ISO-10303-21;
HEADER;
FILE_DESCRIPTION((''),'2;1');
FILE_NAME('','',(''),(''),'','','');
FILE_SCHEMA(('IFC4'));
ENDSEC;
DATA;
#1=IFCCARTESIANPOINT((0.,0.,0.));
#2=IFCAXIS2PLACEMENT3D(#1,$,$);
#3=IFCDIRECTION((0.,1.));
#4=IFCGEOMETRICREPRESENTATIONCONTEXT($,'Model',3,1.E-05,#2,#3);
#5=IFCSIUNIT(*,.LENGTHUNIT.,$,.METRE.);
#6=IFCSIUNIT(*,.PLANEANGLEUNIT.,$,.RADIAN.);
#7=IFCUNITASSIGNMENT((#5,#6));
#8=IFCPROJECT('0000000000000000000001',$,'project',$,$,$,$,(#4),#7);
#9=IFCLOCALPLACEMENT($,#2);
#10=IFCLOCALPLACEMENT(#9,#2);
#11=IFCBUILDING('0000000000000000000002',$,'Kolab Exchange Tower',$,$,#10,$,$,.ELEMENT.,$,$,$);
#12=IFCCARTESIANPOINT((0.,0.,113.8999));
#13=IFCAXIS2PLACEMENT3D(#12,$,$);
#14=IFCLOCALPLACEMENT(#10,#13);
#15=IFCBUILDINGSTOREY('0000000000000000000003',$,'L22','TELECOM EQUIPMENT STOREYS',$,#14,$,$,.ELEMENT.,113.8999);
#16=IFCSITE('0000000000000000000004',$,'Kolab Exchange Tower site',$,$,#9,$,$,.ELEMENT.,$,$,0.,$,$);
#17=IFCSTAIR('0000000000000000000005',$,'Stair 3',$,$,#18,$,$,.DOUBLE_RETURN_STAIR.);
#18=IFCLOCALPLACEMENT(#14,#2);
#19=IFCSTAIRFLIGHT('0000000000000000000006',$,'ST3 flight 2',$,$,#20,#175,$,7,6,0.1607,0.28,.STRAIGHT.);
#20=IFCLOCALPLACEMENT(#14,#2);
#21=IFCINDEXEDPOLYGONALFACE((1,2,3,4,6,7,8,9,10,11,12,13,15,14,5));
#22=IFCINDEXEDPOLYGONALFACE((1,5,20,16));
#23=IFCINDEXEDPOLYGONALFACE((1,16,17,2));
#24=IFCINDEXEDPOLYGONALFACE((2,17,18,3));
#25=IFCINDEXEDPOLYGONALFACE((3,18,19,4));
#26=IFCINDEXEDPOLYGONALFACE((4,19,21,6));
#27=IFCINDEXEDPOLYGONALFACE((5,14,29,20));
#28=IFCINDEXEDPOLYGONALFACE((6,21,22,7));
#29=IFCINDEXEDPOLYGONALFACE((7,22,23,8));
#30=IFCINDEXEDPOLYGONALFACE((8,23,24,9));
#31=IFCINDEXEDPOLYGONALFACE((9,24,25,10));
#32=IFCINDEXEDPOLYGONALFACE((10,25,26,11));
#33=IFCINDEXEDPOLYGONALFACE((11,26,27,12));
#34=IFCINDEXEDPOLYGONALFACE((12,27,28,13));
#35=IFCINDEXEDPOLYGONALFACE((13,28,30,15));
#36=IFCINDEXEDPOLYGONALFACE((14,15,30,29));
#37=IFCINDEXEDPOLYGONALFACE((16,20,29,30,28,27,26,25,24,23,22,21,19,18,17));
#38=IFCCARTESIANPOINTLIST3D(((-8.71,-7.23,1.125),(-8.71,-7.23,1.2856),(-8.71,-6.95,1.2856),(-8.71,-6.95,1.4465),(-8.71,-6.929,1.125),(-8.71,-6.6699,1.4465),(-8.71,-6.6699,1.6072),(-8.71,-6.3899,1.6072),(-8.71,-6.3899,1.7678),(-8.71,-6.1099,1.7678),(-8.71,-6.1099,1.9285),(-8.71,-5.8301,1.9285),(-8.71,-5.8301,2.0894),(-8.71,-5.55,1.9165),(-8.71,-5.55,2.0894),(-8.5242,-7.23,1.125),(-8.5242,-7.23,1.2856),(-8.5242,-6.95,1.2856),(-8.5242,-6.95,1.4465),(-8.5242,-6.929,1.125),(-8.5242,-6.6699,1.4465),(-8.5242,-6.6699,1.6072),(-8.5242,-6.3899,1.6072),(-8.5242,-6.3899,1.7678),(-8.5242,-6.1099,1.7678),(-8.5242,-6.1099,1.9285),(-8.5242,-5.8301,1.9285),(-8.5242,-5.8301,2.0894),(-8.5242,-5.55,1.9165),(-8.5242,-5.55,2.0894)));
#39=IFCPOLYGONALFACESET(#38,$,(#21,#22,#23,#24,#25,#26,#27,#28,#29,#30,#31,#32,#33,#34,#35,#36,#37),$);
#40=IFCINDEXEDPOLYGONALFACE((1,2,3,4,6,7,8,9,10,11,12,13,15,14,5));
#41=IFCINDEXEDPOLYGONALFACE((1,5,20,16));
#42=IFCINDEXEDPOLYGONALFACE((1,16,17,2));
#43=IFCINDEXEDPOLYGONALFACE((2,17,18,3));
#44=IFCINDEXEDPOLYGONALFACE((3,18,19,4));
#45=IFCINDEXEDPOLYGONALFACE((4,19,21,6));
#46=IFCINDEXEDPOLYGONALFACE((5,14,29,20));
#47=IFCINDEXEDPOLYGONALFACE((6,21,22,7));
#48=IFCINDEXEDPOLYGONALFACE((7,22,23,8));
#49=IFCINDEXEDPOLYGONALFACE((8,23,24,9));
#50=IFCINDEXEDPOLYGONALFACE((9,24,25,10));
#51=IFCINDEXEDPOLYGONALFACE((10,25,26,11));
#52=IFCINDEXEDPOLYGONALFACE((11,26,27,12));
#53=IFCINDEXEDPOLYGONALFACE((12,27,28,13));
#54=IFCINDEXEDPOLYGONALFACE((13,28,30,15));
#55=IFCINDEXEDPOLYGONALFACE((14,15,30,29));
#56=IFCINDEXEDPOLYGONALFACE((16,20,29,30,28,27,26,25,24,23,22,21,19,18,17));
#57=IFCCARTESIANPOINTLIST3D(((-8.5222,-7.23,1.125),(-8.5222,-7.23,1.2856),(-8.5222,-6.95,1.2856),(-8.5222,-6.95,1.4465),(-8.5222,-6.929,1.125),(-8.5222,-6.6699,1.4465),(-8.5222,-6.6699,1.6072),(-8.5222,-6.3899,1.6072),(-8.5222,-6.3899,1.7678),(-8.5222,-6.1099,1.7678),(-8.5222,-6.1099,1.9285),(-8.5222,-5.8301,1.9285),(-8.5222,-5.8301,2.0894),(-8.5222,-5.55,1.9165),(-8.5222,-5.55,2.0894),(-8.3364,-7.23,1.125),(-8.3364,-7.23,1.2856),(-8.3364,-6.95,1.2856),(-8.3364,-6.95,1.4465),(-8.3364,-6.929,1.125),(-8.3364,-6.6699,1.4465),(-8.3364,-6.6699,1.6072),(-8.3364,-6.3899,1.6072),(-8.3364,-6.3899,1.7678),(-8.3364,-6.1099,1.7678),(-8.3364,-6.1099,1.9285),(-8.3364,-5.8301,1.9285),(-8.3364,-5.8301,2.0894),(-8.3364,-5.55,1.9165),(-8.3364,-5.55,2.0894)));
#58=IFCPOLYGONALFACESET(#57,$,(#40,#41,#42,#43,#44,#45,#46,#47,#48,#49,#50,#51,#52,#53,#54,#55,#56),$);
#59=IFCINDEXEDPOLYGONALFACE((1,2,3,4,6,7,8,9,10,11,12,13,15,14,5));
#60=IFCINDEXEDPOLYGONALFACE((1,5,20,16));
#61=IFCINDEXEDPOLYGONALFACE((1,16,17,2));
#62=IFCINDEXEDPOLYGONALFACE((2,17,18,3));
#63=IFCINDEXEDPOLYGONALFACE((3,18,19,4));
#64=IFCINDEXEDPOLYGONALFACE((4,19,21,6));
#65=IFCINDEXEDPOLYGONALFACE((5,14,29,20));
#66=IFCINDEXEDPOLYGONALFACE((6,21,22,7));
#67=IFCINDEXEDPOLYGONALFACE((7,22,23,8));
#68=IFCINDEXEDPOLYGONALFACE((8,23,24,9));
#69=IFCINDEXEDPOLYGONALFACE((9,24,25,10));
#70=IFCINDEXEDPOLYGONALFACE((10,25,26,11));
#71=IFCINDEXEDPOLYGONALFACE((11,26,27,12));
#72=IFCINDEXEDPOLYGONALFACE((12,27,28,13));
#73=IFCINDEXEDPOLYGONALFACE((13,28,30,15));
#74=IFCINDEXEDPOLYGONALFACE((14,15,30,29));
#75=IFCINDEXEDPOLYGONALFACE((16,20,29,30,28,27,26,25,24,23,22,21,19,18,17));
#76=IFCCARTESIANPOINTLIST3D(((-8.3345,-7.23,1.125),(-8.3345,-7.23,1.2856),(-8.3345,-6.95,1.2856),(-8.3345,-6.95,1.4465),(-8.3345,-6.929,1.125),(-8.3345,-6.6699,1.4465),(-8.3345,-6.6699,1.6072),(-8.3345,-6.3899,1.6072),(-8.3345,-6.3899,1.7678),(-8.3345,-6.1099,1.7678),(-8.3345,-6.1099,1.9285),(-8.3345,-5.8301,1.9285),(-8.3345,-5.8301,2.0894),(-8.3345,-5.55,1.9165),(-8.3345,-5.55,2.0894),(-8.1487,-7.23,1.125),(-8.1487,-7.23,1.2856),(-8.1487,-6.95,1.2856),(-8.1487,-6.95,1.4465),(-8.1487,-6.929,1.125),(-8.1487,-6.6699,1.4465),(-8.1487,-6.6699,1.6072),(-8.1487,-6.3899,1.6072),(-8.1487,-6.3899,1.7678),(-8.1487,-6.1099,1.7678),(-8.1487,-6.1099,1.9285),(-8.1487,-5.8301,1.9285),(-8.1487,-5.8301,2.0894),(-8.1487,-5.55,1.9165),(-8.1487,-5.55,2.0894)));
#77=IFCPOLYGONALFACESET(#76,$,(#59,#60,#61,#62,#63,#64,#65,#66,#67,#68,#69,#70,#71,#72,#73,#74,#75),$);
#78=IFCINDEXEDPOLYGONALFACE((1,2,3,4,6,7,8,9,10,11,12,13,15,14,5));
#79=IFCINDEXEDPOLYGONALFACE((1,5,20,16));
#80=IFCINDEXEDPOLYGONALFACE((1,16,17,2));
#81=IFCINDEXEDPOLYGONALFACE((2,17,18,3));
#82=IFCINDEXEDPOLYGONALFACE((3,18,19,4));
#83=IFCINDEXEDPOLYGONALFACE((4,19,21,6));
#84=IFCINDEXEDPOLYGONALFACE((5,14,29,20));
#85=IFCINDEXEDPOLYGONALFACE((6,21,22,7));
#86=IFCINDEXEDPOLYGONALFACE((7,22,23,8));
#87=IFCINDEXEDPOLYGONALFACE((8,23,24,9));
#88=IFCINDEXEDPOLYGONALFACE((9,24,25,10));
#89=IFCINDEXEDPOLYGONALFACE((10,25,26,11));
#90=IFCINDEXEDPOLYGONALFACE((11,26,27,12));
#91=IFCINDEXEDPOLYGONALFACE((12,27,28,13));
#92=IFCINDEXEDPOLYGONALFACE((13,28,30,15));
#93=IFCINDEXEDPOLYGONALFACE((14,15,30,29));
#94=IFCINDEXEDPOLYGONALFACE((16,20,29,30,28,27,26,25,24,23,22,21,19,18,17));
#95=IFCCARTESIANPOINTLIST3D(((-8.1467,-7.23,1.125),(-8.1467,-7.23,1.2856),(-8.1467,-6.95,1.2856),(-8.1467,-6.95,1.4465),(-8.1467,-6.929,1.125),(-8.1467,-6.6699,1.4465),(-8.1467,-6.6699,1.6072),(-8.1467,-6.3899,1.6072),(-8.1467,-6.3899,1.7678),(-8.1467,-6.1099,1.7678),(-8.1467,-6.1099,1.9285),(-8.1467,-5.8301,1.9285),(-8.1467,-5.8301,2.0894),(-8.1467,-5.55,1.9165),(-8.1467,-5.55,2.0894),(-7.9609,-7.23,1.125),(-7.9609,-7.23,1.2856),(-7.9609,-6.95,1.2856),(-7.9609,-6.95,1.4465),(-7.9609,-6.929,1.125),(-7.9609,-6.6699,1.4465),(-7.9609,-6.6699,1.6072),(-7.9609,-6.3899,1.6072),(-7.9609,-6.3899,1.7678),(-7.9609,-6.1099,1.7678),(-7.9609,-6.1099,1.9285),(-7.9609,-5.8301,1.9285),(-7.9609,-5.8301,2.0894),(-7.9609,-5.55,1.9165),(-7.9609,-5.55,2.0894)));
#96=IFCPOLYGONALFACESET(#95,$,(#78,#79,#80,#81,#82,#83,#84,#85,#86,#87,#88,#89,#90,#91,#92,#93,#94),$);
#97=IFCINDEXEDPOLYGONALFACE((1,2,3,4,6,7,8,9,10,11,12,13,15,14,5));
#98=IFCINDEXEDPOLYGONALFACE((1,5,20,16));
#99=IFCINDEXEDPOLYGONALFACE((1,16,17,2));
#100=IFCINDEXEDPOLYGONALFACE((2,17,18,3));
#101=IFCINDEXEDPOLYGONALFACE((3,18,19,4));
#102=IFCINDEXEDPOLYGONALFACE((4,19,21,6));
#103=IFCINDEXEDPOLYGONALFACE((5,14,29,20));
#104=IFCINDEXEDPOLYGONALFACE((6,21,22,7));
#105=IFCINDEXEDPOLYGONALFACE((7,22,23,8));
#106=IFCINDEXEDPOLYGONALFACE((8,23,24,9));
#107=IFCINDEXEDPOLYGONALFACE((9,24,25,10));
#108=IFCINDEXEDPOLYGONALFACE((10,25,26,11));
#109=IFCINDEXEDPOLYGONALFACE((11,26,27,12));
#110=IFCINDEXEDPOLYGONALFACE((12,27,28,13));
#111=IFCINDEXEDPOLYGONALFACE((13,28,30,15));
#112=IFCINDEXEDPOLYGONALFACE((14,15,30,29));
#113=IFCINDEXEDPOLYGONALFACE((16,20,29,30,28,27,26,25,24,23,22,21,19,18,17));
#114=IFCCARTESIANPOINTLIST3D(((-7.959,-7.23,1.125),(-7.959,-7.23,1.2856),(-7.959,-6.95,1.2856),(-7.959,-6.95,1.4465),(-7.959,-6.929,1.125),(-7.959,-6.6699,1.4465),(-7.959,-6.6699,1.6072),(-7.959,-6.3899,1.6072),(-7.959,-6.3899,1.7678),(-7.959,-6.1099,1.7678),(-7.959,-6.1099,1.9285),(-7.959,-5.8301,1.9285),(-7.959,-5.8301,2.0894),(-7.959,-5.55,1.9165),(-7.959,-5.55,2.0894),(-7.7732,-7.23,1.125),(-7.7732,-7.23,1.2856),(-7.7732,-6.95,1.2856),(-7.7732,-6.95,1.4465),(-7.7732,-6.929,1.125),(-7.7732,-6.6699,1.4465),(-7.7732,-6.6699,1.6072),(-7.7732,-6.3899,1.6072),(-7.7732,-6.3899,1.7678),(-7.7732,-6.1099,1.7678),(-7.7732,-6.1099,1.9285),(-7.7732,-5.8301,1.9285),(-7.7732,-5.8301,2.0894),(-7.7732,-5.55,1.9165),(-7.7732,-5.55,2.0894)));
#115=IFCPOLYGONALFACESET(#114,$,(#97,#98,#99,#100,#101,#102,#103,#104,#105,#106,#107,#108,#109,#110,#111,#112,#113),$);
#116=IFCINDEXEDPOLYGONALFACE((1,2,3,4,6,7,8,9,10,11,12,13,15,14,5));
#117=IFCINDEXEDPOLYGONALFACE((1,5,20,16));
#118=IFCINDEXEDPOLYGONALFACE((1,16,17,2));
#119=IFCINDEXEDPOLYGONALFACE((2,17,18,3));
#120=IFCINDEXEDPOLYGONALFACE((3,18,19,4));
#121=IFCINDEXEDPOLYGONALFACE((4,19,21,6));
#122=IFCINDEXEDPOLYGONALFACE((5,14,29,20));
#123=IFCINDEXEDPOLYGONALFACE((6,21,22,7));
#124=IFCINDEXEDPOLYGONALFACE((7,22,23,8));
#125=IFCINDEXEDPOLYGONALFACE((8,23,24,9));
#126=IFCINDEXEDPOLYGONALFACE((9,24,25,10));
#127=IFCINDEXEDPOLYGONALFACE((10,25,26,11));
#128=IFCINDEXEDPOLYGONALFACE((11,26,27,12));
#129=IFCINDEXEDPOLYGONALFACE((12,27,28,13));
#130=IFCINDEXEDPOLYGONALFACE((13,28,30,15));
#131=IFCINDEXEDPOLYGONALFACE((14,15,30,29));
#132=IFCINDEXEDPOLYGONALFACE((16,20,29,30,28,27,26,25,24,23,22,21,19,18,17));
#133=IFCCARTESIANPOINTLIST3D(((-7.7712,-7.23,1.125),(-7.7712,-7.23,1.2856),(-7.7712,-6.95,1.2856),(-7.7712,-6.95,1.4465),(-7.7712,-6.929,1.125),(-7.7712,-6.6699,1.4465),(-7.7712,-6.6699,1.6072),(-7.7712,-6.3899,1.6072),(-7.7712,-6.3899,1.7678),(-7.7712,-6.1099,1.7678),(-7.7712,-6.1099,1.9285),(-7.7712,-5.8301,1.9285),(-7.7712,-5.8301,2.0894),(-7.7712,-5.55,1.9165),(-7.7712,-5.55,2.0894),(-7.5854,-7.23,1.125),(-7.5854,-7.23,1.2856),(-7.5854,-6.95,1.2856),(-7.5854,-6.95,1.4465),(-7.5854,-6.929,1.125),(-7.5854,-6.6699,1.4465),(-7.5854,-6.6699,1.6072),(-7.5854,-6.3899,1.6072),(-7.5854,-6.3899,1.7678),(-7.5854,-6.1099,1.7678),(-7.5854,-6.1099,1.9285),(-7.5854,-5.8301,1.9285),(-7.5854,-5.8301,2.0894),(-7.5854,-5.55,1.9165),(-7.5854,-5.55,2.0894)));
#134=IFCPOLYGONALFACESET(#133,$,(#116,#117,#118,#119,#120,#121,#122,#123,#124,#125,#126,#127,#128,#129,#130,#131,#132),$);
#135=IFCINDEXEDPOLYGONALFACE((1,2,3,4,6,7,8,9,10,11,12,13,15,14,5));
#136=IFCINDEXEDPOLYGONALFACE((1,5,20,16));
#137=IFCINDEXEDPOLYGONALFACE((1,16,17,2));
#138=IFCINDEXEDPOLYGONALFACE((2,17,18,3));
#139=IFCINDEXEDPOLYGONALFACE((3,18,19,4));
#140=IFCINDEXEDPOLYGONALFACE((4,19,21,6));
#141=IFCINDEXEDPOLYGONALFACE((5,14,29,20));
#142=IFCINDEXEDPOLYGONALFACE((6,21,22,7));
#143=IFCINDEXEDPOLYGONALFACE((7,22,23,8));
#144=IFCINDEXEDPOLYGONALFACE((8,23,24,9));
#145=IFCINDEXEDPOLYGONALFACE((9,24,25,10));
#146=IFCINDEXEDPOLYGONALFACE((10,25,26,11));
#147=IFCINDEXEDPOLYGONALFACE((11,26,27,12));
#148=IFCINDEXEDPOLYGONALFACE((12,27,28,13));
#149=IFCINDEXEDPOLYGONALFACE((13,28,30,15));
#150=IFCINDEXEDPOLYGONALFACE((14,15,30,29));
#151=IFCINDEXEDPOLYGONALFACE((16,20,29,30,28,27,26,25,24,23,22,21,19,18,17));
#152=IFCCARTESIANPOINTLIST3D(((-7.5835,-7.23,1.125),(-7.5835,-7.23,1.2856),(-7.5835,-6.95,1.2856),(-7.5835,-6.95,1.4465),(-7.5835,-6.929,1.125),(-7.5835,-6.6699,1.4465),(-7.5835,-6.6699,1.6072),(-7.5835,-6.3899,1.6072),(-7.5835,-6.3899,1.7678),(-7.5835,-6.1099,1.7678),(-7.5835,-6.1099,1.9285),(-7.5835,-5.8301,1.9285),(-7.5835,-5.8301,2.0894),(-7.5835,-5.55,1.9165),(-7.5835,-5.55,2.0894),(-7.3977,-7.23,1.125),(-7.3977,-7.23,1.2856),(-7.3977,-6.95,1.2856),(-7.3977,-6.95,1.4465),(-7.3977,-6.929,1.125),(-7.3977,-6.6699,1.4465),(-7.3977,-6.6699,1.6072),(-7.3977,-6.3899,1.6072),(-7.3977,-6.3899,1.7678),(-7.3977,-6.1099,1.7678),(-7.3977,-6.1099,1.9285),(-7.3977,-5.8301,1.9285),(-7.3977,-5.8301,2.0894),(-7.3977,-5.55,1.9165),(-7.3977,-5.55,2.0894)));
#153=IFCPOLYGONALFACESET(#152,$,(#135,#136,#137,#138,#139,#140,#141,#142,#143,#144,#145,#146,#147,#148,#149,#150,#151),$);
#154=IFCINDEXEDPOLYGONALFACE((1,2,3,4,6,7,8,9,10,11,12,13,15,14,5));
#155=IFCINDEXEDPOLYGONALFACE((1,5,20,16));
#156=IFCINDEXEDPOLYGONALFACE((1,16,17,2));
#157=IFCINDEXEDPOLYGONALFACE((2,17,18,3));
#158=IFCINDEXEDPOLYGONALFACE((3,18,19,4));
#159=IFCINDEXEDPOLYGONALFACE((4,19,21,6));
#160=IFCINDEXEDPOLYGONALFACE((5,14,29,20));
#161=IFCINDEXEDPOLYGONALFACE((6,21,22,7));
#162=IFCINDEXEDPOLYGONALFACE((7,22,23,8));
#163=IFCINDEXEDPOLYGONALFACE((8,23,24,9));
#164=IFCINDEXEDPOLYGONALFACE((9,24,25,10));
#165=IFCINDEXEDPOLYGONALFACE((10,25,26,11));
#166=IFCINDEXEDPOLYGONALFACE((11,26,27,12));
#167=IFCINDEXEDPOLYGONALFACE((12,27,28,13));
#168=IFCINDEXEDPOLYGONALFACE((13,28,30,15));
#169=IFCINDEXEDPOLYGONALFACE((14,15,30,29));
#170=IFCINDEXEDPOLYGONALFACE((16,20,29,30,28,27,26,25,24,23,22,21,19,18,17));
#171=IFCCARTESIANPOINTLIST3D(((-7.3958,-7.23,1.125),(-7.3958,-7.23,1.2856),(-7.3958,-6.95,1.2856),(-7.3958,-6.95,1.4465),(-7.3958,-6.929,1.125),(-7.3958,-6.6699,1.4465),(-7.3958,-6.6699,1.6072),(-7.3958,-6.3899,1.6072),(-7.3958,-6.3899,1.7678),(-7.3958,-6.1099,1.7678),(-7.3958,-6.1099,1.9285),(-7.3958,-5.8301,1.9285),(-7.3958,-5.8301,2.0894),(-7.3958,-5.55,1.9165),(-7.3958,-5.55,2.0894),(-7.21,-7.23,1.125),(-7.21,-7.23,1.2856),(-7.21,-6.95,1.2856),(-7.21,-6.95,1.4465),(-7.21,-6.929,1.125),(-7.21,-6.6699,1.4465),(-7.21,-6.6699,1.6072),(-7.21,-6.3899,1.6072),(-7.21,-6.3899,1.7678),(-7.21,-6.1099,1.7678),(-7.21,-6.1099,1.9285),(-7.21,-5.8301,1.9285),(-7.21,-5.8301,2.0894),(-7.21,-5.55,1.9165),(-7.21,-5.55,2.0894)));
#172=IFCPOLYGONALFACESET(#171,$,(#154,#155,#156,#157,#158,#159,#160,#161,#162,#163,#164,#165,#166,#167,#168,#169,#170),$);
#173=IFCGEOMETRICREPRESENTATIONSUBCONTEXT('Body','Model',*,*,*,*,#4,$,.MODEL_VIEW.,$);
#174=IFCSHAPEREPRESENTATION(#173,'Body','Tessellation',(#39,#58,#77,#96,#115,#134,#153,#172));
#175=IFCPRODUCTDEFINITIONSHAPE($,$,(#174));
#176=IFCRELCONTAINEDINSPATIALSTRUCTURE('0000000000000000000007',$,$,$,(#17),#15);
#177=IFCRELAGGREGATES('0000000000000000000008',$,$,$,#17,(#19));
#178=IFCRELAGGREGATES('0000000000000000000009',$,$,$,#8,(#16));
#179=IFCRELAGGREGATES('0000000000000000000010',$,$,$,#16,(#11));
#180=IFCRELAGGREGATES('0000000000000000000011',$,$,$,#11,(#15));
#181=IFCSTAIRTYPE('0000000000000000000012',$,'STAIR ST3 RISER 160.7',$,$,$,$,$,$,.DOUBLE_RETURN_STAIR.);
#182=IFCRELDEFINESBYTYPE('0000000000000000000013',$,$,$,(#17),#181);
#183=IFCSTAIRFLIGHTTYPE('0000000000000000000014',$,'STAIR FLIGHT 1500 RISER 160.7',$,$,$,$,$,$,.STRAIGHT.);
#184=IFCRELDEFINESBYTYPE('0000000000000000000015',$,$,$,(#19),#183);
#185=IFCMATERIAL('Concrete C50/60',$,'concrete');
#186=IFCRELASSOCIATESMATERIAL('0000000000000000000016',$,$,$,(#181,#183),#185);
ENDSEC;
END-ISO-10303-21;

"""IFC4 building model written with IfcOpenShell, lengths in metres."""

from ifc_helpers import new_model, si_unit, direction, frame, origin, place, context, subcontext, project, spatial, polyline, outline, extrude, material, type_object, element, aggregate, save


model = new_model("IFC4")

# Units and contexts
model_context = context("Model", 3, precision=1e-05, world=origin(), true_north=direction((0.0, 1.0)))
body_context = subcontext(model_context, "Body", "Model", "MODEL_VIEW")
ifc_project = project(units=[si_unit("LENGTHUNIT", "METRE"), si_unit("PLANEANGLEUNIT", "RADIAN")], contexts=[model_context])

# Site, building, storey
site_placement = place(None, origin())
site = spatial("IfcSite", under=ifc_project, at=site_placement, Name="Kolab Exchange Tower site", CompositionType="ELEMENT", RefElevation=0.0)
building_placement = place(site_placement, origin())
building = spatial("IfcBuilding", under=site, at=building_placement, Name="Kolab Exchange Tower", CompositionType="ELEMENT")
storey_placement = place(building_placement, frame((0.0, 0.0, 113.8999)))
storey = spatial("IfcBuildingStorey", under=building, at=storey_placement, Name="L22", Description="TELECOM EQUIPMENT STOREYS", CompositionType="ELEMENT", Elevation=113.8999)

# Shared definitions
ifc_material_1 = material(Name="Concrete C50/60", Category="concrete")

# Stair, stair flight
stair_type = type_object("IfcStairType", Name="STAIR ST3 RISER 160.7", PredefinedType="DOUBLE_RETURN_STAIR", material=ifc_material_1)
stair_placement = place(storey_placement, origin())
stair = element("IfcStair", 1, at=stair_placement, inside=storey, type_object=stair_type, Name="Stair 3", PredefinedType="DOUBLE_RETURN_STAIR")
stair_flight_type = type_object("IfcStairFlightType", Name="STAIR FLIGHT 1500 RISER 160.7", PredefinedType="STRAIGHT", material=ifc_material_1)
stair_flight_1_placement = place(storey_placement, frame((-7.96, -7.23, 1.125), z_axis=(0.0, 0.0, 1.0), x_axis=(0.0, 1.0, 0.0)))
stair_flight_1 = element("IfcStairFlight", 2, at=stair_flight_1_placement, type_object=stair_flight_type, Name="ST3 flight 2", NumberOfRisers=7, NumberOfTreads=6, PredefinedType="STRAIGHT", RiserHeight=0.1607, TreadLength=0.28, context=body_context, shape_type="SweptSolid", body=[
    extrude(outline(polyline([(0.0, 0.0), (0.0, 0.1606), (0.28, 0.1606), (0.28, 0.3215), (0.5601, 0.3215), (0.5601, 0.4822), (0.8401, 0.4822), (0.8401, 0.6428), (1.1201, 0.6428), (1.1201, 0.8035), (1.3999, 0.8035), (1.3999, 0.9644), (1.6799, 0.9644), (1.6799, 1.125), (1.6799, 0.7915), (0.301, 0.0), (0.0, 0.0)])), frame((0.0, 0.75, 0.0), z_axis=(0.0, -1.0, 0.0), x_axis=(1.0, 0.0, 0.0)), (0.0, 0.0, 1.0), 0.1858),
    extrude(outline(polyline([(0.0, 0.0), (0.0, 0.1606), (0.28, 0.1606), (0.28, 0.3215), (0.5601, 0.3215), (0.5601, 0.4822), (0.8401, 0.4822), (0.8401, 0.6428), (1.1201, 0.6428), (1.1201, 0.8035), (1.3999, 0.8035), (1.3999, 0.9644), (1.6799, 0.9644), (1.6799, 1.125), (1.6799, 0.7915), (0.301, 0.0), (0.0, 0.0)])), frame((0.0, 0.5623, 0.0), z_axis=(0.0, -1.0, 0.0), x_axis=(1.0, 0.0, 0.0)), (0.0, 0.0, 1.0), 0.1858),
    extrude(outline(polyline([(0.0, 0.0), (0.0, 0.1606), (0.28, 0.1606), (0.28, 0.3215), (0.5601, 0.3215), (0.5601, 0.4822), (0.8401, 0.4822), (0.8401, 0.6428), (1.1201, 0.6428), (1.1201, 0.8035), (1.3999, 0.8035), (1.3999, 0.9644), (1.6799, 0.9644), (1.6799, 1.125), (1.6799, 0.7915), (0.301, 0.0), (0.0, 0.0)])), frame((0.0, 0.3745, 0.0), z_axis=(0.0, -1.0, 0.0), x_axis=(1.0, 0.0, 0.0)), (0.0, 0.0, 1.0), 0.1858),
    extrude(outline(polyline([(0.0, 0.0), (0.0, 0.1606), (0.28, 0.1606), (0.28, 0.3215), (0.5601, 0.3215), (0.5601, 0.4822), (0.8401, 0.4822), (0.8401, 0.6428), (1.1201, 0.6428), (1.1201, 0.8035), (1.3999, 0.8035), (1.3999, 0.9644), (1.6799, 0.9644), (1.6799, 1.125), (1.6799, 0.7915), (0.301, 0.0), (0.0, 0.0)])), frame((0.0, 0.1868, 0.0), z_axis=(0.0, -1.0, 0.0), x_axis=(1.0, 0.0, 0.0)), (0.0, 0.0, 1.0), 0.1858),
    extrude(outline(polyline([(0.0, 0.0), (0.0, 0.1606), (0.28, 0.1606), (0.28, 0.3215), (0.5601, 0.3215), (0.5601, 0.4822), (0.8401, 0.4822), (0.8401, 0.6428), (1.1201, 0.6428), (1.1201, 0.8035), (1.3999, 0.8035), (1.3999, 0.9644), (1.6799, 0.9644), (1.6799, 1.125), (1.6799, 0.7915), (0.301, 0.0), (0.0, 0.0)])), frame((0.0, -0.001, 0.0), z_axis=(0.0, -1.0, 0.0), x_axis=(1.0, 0.0, 0.0)), (0.0, 0.0, 1.0), 0.1858),
    extrude(outline(polyline([(0.0, 0.0), (0.0, 0.1606), (0.28, 0.1606), (0.28, 0.3215), (0.5601, 0.3215), (0.5601, 0.4822), (0.8401, 0.4822), (0.8401, 0.6428), (1.1201, 0.6428), (1.1201, 0.8035), (1.3999, 0.8035), (1.3999, 0.9644), (1.6799, 0.9644), (1.6799, 1.125), (1.6799, 0.7915), (0.301, 0.0), (0.0, 0.0)])), frame((0.0, -0.1887, 0.0), z_axis=(0.0, -1.0, 0.0), x_axis=(1.0, 0.0, 0.0)), (0.0, 0.0, 1.0), 0.1858),
    extrude(outline(polyline([(0.0, 0.0), (0.0, 0.1606), (0.28, 0.1606), (0.28, 0.3215), (0.5601, 0.3215), (0.5601, 0.4822), (0.8401, 0.4822), (0.8401, 0.6428), (1.1201, 0.6428), (1.1201, 0.8035), (1.3999, 0.8035), (1.3999, 0.9644), (1.6799, 0.9644), (1.6799, 1.125), (1.6799, 0.7915), (0.301, 0.0), (0.0, 0.0)])), frame((0.0, -0.3765, 0.0), z_axis=(0.0, -1.0, 0.0), x_axis=(1.0, 0.0, 0.0)), (0.0, 0.0, 1.0), 0.1858),
    extrude(outline(polyline([(0.0, 0.0), (0.0, 0.1606), (0.28, 0.1606), (0.28, 0.3215), (0.5601, 0.3215), (0.5601, 0.4822), (0.8401, 0.4822), (0.8401, 0.6428), (1.1201, 0.6428), (1.1201, 0.8035), (1.3999, 0.8035), (1.3999, 0.9644), (1.6799, 0.9644), (1.6799, 1.125), (1.6799, 0.7915), (0.301, 0.0), (0.0, 0.0)])), frame((0.0, -0.5642, 0.0), z_axis=(0.0, -1.0, 0.0), x_axis=(1.0, 0.0, 0.0)), (0.0, 0.0, 1.0), 0.1858),
])
aggregate(stair, [stair_flight_1])

save(model, "model.ifc")
